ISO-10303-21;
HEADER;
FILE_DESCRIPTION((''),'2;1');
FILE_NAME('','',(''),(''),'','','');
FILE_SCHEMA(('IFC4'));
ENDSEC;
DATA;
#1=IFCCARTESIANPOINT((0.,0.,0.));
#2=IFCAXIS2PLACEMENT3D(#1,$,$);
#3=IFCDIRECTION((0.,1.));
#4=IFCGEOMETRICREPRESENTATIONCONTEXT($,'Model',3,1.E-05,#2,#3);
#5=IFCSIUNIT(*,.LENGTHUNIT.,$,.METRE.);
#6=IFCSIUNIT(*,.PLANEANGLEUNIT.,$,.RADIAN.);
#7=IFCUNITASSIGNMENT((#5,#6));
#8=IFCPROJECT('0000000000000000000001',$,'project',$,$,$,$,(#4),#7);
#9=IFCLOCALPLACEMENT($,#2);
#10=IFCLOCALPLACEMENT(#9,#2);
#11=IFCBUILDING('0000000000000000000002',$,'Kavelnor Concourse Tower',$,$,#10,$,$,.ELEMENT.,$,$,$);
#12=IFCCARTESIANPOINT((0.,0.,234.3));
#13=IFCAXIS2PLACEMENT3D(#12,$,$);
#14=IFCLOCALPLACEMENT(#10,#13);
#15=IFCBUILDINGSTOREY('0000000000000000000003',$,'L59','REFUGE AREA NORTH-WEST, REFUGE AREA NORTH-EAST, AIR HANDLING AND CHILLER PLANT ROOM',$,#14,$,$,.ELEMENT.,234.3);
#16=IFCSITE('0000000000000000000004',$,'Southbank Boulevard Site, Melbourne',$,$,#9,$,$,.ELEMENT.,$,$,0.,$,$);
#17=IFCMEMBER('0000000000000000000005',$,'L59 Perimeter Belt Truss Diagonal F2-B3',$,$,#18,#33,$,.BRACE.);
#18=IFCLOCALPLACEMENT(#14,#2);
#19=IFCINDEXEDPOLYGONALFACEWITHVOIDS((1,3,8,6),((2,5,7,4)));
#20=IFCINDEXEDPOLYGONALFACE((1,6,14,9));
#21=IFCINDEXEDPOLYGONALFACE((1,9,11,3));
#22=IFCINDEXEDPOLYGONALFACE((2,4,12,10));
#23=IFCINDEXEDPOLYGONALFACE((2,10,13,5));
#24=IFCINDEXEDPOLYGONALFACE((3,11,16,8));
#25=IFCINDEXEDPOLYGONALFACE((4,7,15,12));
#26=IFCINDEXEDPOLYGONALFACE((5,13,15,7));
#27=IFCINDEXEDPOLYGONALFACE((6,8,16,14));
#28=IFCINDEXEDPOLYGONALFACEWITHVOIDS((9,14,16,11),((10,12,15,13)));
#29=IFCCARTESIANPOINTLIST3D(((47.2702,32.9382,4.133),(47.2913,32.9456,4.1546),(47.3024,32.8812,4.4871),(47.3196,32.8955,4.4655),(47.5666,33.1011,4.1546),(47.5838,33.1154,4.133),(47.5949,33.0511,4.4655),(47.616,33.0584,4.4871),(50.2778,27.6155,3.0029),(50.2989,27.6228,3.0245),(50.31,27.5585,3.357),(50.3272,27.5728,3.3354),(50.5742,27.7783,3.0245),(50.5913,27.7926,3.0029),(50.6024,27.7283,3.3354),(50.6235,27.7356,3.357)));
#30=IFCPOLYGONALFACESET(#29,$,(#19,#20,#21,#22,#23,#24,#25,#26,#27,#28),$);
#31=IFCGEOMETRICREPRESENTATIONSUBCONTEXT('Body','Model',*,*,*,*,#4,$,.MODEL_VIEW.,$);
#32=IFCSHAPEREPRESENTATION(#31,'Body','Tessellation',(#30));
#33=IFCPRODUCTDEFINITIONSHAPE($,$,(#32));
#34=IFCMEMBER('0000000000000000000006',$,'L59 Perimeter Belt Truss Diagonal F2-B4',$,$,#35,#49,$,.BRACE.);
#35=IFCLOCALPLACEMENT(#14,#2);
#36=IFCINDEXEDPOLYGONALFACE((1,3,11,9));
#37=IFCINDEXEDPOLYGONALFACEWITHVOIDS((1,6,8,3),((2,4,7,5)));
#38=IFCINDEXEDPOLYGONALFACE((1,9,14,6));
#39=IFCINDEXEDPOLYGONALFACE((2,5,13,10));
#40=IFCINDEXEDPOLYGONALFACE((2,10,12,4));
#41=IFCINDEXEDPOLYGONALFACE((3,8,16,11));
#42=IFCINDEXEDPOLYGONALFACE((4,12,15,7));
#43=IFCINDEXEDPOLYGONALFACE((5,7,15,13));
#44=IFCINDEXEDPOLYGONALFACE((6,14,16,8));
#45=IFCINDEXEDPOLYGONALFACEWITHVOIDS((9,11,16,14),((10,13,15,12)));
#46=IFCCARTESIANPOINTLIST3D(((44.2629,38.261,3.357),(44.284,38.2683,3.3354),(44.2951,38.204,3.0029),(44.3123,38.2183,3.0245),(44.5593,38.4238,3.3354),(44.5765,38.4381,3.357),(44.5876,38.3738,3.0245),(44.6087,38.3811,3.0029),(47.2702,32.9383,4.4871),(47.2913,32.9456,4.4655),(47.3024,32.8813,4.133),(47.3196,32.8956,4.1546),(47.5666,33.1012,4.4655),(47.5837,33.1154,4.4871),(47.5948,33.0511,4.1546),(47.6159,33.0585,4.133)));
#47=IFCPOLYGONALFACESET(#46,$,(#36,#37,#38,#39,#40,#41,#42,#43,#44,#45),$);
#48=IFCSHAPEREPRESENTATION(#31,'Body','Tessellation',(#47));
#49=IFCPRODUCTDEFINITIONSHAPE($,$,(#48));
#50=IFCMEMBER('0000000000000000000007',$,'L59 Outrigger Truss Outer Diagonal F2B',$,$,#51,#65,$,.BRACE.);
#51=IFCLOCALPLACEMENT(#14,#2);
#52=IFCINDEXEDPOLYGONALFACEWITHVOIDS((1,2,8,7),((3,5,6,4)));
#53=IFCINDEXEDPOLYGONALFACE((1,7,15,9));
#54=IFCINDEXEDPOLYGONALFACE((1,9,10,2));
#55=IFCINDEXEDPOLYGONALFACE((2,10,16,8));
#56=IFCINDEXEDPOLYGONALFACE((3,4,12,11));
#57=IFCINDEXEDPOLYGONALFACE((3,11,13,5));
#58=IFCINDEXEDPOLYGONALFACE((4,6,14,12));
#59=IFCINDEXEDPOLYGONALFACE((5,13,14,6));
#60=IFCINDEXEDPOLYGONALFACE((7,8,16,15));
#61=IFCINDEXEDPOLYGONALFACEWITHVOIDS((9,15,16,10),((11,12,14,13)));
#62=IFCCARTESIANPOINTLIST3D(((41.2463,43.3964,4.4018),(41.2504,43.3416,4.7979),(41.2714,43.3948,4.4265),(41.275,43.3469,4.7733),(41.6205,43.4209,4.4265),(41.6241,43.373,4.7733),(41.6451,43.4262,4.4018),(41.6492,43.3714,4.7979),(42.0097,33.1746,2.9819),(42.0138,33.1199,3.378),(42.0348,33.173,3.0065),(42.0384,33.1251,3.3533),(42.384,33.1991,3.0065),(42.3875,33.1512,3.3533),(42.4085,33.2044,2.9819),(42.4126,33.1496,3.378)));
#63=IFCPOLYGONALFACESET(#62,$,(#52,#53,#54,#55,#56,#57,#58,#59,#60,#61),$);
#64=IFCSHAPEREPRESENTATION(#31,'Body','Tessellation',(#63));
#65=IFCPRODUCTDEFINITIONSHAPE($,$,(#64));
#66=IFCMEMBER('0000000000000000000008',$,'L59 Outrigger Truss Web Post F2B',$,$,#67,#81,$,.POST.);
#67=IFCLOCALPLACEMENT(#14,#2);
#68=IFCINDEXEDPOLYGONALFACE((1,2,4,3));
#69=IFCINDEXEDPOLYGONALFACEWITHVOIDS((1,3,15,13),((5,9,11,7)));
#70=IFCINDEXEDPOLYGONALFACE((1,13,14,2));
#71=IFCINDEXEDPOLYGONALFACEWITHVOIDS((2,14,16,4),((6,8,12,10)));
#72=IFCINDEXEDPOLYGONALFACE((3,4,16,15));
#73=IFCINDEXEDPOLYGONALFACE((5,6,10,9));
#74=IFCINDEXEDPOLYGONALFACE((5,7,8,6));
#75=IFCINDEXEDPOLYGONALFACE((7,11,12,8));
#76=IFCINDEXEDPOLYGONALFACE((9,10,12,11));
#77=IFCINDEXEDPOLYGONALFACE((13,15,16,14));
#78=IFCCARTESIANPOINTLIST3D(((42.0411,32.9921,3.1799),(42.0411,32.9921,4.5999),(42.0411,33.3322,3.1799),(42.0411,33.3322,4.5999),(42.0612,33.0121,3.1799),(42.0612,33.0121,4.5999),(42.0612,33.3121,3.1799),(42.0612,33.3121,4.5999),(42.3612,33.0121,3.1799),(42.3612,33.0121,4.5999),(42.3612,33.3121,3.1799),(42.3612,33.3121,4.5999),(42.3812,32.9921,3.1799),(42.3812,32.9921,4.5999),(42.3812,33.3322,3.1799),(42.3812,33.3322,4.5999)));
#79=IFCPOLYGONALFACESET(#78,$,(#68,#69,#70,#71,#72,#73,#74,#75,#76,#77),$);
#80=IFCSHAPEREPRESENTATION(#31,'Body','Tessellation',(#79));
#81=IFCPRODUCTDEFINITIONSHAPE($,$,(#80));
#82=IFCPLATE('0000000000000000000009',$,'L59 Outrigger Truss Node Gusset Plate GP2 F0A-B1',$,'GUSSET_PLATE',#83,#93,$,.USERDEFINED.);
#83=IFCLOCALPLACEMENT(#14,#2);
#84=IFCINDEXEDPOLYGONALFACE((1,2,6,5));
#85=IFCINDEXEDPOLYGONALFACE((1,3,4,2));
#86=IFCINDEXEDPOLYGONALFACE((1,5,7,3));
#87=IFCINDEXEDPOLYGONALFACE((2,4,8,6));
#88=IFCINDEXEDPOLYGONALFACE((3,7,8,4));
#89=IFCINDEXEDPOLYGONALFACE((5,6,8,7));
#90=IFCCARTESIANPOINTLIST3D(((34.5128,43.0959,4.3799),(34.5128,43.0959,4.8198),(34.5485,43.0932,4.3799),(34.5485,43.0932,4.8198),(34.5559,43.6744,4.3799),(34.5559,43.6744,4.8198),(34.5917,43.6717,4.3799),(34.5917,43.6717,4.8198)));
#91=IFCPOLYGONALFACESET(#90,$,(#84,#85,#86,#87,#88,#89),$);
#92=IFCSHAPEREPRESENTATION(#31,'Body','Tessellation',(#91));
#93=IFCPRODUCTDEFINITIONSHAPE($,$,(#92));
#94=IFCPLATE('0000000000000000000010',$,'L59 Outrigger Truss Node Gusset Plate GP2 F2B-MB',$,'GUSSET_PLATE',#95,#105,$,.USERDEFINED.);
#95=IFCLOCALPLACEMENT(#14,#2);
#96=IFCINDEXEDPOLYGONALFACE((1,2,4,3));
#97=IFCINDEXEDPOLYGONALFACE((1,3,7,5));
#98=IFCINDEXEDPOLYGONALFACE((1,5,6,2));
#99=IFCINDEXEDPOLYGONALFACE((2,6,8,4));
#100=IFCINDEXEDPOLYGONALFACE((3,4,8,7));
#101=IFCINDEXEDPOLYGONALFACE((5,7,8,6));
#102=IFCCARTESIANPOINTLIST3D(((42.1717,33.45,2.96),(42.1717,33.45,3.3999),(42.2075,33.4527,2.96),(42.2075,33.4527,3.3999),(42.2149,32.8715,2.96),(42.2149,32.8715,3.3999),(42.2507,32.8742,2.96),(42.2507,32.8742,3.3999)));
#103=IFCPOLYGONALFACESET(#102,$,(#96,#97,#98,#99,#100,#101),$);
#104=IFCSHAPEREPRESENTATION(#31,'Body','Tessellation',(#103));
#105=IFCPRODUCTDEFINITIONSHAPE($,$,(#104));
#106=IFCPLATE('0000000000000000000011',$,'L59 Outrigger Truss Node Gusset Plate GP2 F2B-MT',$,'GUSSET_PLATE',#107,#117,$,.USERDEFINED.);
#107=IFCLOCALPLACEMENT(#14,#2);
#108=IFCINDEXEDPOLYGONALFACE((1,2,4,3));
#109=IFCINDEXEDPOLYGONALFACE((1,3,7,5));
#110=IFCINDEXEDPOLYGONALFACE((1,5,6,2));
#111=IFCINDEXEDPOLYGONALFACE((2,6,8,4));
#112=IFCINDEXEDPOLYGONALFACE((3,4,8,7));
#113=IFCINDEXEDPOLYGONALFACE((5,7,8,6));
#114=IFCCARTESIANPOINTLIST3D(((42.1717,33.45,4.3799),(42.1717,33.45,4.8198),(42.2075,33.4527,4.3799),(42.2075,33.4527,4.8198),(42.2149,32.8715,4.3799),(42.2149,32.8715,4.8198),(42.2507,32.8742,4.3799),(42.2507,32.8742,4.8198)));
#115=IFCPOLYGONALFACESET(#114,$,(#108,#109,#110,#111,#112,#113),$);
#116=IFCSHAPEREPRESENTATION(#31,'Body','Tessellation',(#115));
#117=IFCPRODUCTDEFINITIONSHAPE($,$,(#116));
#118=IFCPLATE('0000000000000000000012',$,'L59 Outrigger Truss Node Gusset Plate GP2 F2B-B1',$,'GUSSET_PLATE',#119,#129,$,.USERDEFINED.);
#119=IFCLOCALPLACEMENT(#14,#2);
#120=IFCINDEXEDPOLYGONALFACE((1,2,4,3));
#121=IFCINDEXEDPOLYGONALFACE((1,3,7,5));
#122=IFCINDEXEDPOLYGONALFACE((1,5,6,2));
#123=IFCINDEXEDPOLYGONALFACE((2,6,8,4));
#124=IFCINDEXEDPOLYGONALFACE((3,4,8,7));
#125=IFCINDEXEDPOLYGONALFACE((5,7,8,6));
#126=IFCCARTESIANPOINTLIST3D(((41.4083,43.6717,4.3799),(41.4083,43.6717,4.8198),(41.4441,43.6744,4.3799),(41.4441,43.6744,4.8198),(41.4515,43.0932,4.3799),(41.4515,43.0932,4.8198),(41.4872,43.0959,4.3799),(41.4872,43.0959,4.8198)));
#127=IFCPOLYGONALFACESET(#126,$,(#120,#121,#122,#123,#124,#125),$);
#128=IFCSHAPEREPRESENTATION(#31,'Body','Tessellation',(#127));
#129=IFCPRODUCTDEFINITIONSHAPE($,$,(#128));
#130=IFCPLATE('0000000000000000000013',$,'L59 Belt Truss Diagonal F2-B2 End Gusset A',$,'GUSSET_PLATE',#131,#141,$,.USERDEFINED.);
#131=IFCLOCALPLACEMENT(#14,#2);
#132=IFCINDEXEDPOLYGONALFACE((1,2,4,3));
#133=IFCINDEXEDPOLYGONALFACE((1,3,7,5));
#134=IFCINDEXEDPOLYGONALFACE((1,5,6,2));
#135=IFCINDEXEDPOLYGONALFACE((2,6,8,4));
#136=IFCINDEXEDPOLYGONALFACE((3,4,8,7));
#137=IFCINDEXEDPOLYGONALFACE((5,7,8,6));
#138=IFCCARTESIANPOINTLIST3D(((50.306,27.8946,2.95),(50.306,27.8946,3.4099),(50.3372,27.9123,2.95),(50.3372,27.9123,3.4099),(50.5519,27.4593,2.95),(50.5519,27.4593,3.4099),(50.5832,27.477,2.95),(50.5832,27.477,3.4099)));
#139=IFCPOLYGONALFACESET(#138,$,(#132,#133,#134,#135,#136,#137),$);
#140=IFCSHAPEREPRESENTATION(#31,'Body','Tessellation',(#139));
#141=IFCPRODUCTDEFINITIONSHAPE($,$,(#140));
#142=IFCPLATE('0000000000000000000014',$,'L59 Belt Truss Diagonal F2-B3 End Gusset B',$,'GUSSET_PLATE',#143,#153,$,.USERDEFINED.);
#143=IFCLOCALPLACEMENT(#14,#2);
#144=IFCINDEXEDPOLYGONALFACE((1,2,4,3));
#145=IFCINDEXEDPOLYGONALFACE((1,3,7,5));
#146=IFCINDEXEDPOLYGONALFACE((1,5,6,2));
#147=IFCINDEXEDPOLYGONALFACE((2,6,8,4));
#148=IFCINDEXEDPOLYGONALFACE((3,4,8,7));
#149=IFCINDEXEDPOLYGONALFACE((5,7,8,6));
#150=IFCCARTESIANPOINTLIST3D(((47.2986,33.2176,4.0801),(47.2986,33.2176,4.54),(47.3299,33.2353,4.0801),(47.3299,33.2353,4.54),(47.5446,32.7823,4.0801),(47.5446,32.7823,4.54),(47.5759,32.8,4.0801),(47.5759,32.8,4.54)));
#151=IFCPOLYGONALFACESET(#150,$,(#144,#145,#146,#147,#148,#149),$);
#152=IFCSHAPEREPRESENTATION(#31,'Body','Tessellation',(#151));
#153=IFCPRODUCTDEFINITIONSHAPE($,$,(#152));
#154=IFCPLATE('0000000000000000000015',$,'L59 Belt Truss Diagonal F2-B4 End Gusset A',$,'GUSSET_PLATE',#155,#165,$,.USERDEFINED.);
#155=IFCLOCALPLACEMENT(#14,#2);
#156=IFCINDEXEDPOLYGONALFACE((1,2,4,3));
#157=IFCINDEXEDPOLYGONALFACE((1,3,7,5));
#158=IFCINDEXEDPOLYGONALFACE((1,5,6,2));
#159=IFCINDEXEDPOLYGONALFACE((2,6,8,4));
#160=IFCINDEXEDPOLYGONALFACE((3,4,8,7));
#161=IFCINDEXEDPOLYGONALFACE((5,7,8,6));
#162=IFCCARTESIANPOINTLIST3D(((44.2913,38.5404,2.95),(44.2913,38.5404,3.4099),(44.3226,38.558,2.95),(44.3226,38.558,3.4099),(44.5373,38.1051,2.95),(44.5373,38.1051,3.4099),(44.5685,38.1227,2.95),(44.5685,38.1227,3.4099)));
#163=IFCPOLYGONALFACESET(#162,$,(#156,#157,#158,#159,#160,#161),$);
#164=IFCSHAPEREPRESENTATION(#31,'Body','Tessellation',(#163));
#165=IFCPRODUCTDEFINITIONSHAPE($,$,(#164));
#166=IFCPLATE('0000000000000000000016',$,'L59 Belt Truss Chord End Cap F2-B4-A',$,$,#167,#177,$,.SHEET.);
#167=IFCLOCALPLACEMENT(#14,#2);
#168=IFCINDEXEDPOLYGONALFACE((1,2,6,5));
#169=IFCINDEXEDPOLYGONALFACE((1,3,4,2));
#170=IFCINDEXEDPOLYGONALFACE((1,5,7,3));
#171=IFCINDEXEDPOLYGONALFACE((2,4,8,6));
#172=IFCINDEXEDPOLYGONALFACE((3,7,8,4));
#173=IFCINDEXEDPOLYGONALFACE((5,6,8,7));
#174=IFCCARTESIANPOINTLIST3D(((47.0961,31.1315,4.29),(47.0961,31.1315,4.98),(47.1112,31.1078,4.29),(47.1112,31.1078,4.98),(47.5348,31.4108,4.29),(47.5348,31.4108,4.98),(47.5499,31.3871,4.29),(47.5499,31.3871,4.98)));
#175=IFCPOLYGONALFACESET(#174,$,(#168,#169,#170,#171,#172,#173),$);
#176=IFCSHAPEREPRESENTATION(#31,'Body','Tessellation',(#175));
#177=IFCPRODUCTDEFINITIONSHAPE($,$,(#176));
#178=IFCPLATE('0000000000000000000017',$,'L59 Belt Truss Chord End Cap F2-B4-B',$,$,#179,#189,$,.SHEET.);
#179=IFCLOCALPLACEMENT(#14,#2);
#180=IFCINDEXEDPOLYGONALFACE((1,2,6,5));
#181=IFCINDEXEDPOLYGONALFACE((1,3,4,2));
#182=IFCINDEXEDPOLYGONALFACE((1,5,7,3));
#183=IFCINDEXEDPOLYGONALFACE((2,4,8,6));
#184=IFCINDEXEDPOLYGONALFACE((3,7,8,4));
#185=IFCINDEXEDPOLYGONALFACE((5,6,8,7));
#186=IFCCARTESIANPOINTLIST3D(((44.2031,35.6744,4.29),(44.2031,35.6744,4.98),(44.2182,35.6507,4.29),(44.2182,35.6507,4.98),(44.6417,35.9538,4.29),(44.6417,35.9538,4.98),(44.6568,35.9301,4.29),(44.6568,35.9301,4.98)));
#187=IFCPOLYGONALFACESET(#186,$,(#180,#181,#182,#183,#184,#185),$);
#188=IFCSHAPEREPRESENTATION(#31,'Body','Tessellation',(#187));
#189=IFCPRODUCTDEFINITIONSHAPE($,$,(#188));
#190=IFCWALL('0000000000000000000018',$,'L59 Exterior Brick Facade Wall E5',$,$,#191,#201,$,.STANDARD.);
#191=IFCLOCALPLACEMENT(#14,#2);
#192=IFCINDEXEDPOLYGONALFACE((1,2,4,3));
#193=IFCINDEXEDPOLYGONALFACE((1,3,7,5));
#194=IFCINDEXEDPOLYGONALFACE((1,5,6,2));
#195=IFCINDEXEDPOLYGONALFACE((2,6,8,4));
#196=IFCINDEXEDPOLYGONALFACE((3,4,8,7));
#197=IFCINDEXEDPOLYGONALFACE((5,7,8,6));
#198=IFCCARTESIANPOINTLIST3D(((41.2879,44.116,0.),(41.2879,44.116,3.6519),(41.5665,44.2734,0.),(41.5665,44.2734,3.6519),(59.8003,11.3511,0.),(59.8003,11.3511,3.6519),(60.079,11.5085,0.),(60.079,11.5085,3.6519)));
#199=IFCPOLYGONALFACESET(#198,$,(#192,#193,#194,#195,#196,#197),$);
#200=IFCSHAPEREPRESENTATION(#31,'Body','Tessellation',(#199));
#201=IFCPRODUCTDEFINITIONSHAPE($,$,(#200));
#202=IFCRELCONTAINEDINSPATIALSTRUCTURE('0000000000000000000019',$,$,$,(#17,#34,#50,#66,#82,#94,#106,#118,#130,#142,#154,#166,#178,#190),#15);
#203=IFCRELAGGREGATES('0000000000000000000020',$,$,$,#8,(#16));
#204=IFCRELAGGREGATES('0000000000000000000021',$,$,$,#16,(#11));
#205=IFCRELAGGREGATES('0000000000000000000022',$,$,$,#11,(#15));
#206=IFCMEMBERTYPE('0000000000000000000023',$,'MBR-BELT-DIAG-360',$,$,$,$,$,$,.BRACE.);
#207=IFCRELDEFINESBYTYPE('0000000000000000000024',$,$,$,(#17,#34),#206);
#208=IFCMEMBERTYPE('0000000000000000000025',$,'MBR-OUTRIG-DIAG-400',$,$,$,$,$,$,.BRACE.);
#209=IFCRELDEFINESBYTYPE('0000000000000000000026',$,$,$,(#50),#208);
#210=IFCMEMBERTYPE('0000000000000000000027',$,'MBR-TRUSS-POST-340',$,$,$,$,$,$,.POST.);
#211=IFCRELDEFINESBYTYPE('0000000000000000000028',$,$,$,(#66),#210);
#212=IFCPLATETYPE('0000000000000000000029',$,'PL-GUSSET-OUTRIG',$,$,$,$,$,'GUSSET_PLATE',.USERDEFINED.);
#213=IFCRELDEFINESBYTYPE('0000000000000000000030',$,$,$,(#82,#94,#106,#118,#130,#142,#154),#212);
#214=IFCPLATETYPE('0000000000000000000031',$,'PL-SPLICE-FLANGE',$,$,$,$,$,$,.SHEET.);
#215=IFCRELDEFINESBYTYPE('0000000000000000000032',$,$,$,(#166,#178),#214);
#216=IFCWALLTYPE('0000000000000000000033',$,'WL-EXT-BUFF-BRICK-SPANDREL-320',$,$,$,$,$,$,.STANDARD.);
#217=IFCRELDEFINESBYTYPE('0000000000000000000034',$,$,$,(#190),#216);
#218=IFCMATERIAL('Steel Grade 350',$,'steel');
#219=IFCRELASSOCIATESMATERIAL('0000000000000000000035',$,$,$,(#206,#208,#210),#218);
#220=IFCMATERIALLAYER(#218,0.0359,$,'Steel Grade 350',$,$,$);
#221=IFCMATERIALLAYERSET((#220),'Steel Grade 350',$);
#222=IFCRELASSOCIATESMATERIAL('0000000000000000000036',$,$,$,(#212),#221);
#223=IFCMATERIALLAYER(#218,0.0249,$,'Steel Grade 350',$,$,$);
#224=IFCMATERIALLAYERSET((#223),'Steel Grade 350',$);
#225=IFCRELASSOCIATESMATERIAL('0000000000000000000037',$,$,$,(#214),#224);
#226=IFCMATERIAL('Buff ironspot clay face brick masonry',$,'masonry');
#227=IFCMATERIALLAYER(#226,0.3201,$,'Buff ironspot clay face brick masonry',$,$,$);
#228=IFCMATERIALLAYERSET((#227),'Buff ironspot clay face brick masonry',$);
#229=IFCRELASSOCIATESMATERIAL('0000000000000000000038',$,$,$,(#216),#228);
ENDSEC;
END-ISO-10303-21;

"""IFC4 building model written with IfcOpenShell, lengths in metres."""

from ifc_helpers import new_model, si_unit, direction, frame, frame_2d, origin, origin_2d, place, context, subcontext, project, spatial, rectangle, hollow_rectangle, extrude, material, layer, layer_set, material_profile, profile_set, type_object, element, save


model = new_model("IFC4")

# Units and contexts
model_context = context("Model", 3, precision=1e-05, world=origin(), true_north=direction((0.0, 1.0)))
body_context = subcontext(model_context, "Body", "Model", "MODEL_VIEW")
ifc_project = project(units=[si_unit("LENGTHUNIT", "METRE"), si_unit("PLANEANGLEUNIT", "RADIAN")], contexts=[model_context])

# Site, building, storey
site_placement = place(None, origin())
site = spatial("IfcSite", under=ifc_project, at=site_placement, Name="Southbank Boulevard Site, Melbourne", CompositionType="ELEMENT", RefElevation=0.0)
building_placement = place(site_placement, origin())
building = spatial("IfcBuilding", under=site, at=building_placement, Name="Kavelnor Concourse Tower", CompositionType="ELEMENT")
storey_placement = place(building_placement, frame((0.0, 0.0, 234.3)))
storey = spatial("IfcBuildingStorey", under=building, at=storey_placement, Name="L59", Description="REFUGE AREA NORTH-WEST, REFUGE AREA NORTH-EAST, AIR HANDLING AND CHILLER PLANT ROOM", CompositionType="ELEMENT", Elevation=234.3)

# Shared definitions
ifc_material_1 = material(Name="Steel Grade 350", Category="steel")

# Members
ifc_material_profile_1 = material_profile(ifc_material_1, hollow_rectangle(XDim=0.3601, YDim=0.3601, WallThickness=0.022, at=origin_2d()), Name="SHS 360x360x22")
ifc_profile_set_1 = profile_set([ifc_material_profile_1], Name="Steel Grade 350")
member_type_1 = type_object("IfcMemberType", Name="MBR-BELT-DIAG-360", PredefinedType="BRACE", material=ifc_profile_set_1)
for number, where, z_axis, x_axis, name in (
    (1, (50.4507, 27.6755, 3.1799), (-0.483745, 0.856125, 0.181772), (-0.870629, -0.49194, 0.0), "L59 Perimeter Belt Truss Diagonal F2-B3"),
):
    element("IfcMember", number, at=place(storey_placement, frame(where, z_axis=z_axis, x_axis=x_axis)), inside=storey, type_object=member_type_1, Name=name, PredefinedType="BRACE", context=body_context, shape_type="SweptSolid", body=[
        extrude(hollow_rectangle(XDim=0.3601, YDim=0.3601, WallThickness=0.022, at=origin_2d()), origin(), (0.0, 0.0, 1.0), 6.2173),
    ])
member_1_placement = place(storey_placement, frame((44.4358, 38.321, 3.1799), z_axis=(0.483715, -0.856141, 0.181776), x_axis=(0.870646, 0.49191, 0.0)))
element("IfcMember", 2, at=member_1_placement, inside=storey, type_object=member_type_1, Name="L59 Perimeter Belt Truss Diagonal F2-B4", PredefinedType="BRACE", context=body_context, shape_type="SweptSolid", body=[
    extrude(hollow_rectangle(XDim=0.3601, YDim=0.3601, WallThickness=0.022, at=origin_2d()), origin(), (0.0, 0.0, 1.0), 6.217),
])
ifc_material_profile_2 = material_profile(ifc_material_1, hollow_rectangle(XDim=0.3999, YDim=0.3999, WallThickness=0.0249, at=origin_2d()), Name="SHS 400x400x25")
ifc_profile_set_2 = profile_set([ifc_material_profile_2], Name="Steel Grade 350")
member_type_2 = type_object("IfcMemberType", Name="MBR-OUTRIG-DIAG-400", PredefinedType="BRACE", material=ifc_profile_set_2)
member_2_placement = place(storey_placement, frame((42.2112, 33.1621, 3.1799), z_axis=(-0.073775, 0.98779, 0.137217), x_axis=(-0.997223, -0.07448, 0.0)))
element("IfcMember", 3, at=member_2_placement, inside=storey, type_object=member_type_2, Name="L59 Outrigger Truss Outer Diagonal F2B", PredefinedType="BRACE", context=body_context, shape_type="SweptSolid", body=[
    extrude(hollow_rectangle(XDim=0.3999, YDim=0.3999, WallThickness=0.0249, at=origin_2d()), origin(), (0.0, 0.0, 1.0), 10.3481),
])
ifc_material_profile_3 = material_profile(ifc_material_1, hollow_rectangle(XDim=0.3401, YDim=0.3401, WallThickness=0.02, at=origin_2d()), Name="SHS 340x340x20")
ifc_profile_set_3 = profile_set([ifc_material_profile_3], Name="Steel Grade 350")
member_type_3 = type_object("IfcMemberType", Name="MBR-TRUSS-POST-340", PredefinedType="POST", material=ifc_profile_set_3)
member_3_placement = place(storey_placement, frame((42.2112, 33.1621, 3.1799), z_axis=(0.0, 0.0, 1.0), x_axis=(1.0, 0.0, 0.0)))
element("IfcMember", 4, at=member_3_placement, inside=storey, type_object=member_type_3, Name="L59 Outrigger Truss Web Post F2B", PredefinedType="POST", context=body_context, shape_type="SweptSolid", body=[
    extrude(hollow_rectangle(XDim=0.3401, YDim=0.3401, WallThickness=0.02, at=origin_2d()), origin(), (0.0, 0.0, 1.0), 1.4199),
])

# Plates
ifc_layer_1 = layer(ifc_material_1, 0.0359, Name="Steel Grade 350")
ifc_layer_set_1 = layer_set([ifc_layer_1], Name="Steel Grade 350")
plate_type_1 = type_object("IfcPlateType", Name="PL-GUSSET-OUTRIG", ElementType="GUSSET_PLATE", PredefinedType="USERDEFINED", material=ifc_layer_set_1)
for number, where, z_axis, x_axis, name in (
    (5, (34.5522, 43.3838, 4.3799), (0.0, 0.0, 1.0), (0.074457, 0.997224, 0.0), "L59 Outrigger Truss Node Gusset Plate GP2 F0A-B1"),
    (6, (42.2112, 33.1621, 2.96), (0.0, 0.0, 1.0), (-0.074457, 0.997224, 0.0), "L59 Outrigger Truss Node Gusset Plate GP2 F2B-MB"),
    (7, (42.2112, 33.1621, 4.3799), (0.0, 0.0, 1.0), (-0.074457, 0.997224, 0.0), "L59 Outrigger Truss Node Gusset Plate GP2 F2B-MT"),
    (8, (41.4478, 43.3838, 4.3799), (0.0, 0.0, 1.0), (-0.074457, 0.997224, 0.0), "L59 Outrigger Truss Node Gusset Plate GP2 F2B-B1"),
):
    element("IfcPlate", number, at=place(storey_placement, frame(where, z_axis=z_axis, x_axis=x_axis)), inside=storey, type_object=plate_type_1, Name=name, ObjectType="GUSSET_PLATE", PredefinedType="USERDEFINED", context=body_context, shape_type="SweptSolid", body=[
        extrude(rectangle(XDim=0.5801, YDim=0.0359, at=origin_2d()), origin(), (0.0, 0.0, 1.0), 0.4399),
    ])
for number, where, z_axis, x_axis, name in (
    (9, (50.4446, 27.6858, 2.95), (0.0, 0.0, 1.0), (0.491968, -0.870613, 0.0), "L59 Belt Truss Diagonal F2-B2 End Gusset A"),
    (10, (47.4373, 33.0088, 4.0801), (0.0, 0.0, 1.0), (-0.491968, 0.870613, 0.0), "L59 Belt Truss Diagonal F2-B3 End Gusset B"),
    (11, (44.4299, 38.3315, 2.95), (0.0, 0.0, 1.0), (0.491968, -0.870613, 0.0), "L59 Belt Truss Diagonal F2-B4 End Gusset A"),
):
    element("IfcPlate", number, at=place(storey_placement, frame(where, z_axis=z_axis, x_axis=x_axis)), inside=storey, type_object=plate_type_1, Name=name, ObjectType="GUSSET_PLATE", PredefinedType="USERDEFINED", context=body_context, shape_type="SweptSolid", body=[
        extrude(rectangle(XDim=0.5, YDim=0.0359, at=origin_2d()), origin(), (0.0, 0.0, 1.0), 0.46),
    ])
ifc_layer_2 = layer(ifc_material_1, 0.0249, Name="Steel Grade 350")
ifc_layer_set_2 = layer_set([ifc_layer_2], Name="Steel Grade 350")
plate_type_2 = type_object("IfcPlateType", Name="PL-SPLICE-FLANGE", PredefinedType="SHEET", material=ifc_layer_set_2)
for number, where, z_axis, x_axis, name in (
    (12, (47.323, 31.2593, 4.29), (0.0, 0.0, 1.0), (0.843485, 0.537152, 0.0), "L59 Belt Truss Chord End Cap F2-B4-A"),
    (13, (44.4299, 35.8022, 4.29), (0.0, 0.0, 1.0), (-0.843485, -0.537152, 0.0), "L59 Belt Truss Chord End Cap F2-B4-B"),
):
    element("IfcPlate", number, at=place(storey_placement, frame(where, z_axis=z_axis, x_axis=x_axis)), inside=storey, type_object=plate_type_2, Name=name, PredefinedType="SHEET", context=body_context, shape_type="SweptSolid", body=[
        extrude(rectangle(XDim=0.52, YDim=0.0281, at=origin_2d()), origin(), (0.0, 0.0, 1.0), 0.6899),
    ])

# Wall
ifc_material_2 = material(Name="Buff ironspot clay face brick masonry", Category="masonry")
ifc_layer_3 = layer(ifc_material_2, 0.3201, Name="Buff ironspot clay face brick masonry")
ifc_layer_set_3 = layer_set([ifc_layer_3], Name="Buff ironspot clay face brick masonry")
wall_type_1 = type_object("IfcWallType", Name="WL-EXT-BUFF-BRICK-SPANDREL-320", PredefinedType="STANDARD", material=ifc_layer_set_3)
wall_1_placement = place(storey_placement, frame((41.4272, 44.1946, 0.0), z_axis=(0.0, 0.0, 1.0), x_axis=(0.49192, -0.870641, 0.0)))
element("IfcWall", 14, at=wall_1_placement, inside=storey, type_object=wall_type_1, Name="L59 Exterior Brick Facade Wall E5", PredefinedType="STANDARD", context=body_context, shape_type="SweptSolid", body=[
    extrude(rectangle(XDim=37.6331, YDim=0.3201, at=frame_2d((18.8164, 0.0))), origin(), (0.0, 0.0, 1.0), 3.6519),
])

save(model, "model.ifc")
